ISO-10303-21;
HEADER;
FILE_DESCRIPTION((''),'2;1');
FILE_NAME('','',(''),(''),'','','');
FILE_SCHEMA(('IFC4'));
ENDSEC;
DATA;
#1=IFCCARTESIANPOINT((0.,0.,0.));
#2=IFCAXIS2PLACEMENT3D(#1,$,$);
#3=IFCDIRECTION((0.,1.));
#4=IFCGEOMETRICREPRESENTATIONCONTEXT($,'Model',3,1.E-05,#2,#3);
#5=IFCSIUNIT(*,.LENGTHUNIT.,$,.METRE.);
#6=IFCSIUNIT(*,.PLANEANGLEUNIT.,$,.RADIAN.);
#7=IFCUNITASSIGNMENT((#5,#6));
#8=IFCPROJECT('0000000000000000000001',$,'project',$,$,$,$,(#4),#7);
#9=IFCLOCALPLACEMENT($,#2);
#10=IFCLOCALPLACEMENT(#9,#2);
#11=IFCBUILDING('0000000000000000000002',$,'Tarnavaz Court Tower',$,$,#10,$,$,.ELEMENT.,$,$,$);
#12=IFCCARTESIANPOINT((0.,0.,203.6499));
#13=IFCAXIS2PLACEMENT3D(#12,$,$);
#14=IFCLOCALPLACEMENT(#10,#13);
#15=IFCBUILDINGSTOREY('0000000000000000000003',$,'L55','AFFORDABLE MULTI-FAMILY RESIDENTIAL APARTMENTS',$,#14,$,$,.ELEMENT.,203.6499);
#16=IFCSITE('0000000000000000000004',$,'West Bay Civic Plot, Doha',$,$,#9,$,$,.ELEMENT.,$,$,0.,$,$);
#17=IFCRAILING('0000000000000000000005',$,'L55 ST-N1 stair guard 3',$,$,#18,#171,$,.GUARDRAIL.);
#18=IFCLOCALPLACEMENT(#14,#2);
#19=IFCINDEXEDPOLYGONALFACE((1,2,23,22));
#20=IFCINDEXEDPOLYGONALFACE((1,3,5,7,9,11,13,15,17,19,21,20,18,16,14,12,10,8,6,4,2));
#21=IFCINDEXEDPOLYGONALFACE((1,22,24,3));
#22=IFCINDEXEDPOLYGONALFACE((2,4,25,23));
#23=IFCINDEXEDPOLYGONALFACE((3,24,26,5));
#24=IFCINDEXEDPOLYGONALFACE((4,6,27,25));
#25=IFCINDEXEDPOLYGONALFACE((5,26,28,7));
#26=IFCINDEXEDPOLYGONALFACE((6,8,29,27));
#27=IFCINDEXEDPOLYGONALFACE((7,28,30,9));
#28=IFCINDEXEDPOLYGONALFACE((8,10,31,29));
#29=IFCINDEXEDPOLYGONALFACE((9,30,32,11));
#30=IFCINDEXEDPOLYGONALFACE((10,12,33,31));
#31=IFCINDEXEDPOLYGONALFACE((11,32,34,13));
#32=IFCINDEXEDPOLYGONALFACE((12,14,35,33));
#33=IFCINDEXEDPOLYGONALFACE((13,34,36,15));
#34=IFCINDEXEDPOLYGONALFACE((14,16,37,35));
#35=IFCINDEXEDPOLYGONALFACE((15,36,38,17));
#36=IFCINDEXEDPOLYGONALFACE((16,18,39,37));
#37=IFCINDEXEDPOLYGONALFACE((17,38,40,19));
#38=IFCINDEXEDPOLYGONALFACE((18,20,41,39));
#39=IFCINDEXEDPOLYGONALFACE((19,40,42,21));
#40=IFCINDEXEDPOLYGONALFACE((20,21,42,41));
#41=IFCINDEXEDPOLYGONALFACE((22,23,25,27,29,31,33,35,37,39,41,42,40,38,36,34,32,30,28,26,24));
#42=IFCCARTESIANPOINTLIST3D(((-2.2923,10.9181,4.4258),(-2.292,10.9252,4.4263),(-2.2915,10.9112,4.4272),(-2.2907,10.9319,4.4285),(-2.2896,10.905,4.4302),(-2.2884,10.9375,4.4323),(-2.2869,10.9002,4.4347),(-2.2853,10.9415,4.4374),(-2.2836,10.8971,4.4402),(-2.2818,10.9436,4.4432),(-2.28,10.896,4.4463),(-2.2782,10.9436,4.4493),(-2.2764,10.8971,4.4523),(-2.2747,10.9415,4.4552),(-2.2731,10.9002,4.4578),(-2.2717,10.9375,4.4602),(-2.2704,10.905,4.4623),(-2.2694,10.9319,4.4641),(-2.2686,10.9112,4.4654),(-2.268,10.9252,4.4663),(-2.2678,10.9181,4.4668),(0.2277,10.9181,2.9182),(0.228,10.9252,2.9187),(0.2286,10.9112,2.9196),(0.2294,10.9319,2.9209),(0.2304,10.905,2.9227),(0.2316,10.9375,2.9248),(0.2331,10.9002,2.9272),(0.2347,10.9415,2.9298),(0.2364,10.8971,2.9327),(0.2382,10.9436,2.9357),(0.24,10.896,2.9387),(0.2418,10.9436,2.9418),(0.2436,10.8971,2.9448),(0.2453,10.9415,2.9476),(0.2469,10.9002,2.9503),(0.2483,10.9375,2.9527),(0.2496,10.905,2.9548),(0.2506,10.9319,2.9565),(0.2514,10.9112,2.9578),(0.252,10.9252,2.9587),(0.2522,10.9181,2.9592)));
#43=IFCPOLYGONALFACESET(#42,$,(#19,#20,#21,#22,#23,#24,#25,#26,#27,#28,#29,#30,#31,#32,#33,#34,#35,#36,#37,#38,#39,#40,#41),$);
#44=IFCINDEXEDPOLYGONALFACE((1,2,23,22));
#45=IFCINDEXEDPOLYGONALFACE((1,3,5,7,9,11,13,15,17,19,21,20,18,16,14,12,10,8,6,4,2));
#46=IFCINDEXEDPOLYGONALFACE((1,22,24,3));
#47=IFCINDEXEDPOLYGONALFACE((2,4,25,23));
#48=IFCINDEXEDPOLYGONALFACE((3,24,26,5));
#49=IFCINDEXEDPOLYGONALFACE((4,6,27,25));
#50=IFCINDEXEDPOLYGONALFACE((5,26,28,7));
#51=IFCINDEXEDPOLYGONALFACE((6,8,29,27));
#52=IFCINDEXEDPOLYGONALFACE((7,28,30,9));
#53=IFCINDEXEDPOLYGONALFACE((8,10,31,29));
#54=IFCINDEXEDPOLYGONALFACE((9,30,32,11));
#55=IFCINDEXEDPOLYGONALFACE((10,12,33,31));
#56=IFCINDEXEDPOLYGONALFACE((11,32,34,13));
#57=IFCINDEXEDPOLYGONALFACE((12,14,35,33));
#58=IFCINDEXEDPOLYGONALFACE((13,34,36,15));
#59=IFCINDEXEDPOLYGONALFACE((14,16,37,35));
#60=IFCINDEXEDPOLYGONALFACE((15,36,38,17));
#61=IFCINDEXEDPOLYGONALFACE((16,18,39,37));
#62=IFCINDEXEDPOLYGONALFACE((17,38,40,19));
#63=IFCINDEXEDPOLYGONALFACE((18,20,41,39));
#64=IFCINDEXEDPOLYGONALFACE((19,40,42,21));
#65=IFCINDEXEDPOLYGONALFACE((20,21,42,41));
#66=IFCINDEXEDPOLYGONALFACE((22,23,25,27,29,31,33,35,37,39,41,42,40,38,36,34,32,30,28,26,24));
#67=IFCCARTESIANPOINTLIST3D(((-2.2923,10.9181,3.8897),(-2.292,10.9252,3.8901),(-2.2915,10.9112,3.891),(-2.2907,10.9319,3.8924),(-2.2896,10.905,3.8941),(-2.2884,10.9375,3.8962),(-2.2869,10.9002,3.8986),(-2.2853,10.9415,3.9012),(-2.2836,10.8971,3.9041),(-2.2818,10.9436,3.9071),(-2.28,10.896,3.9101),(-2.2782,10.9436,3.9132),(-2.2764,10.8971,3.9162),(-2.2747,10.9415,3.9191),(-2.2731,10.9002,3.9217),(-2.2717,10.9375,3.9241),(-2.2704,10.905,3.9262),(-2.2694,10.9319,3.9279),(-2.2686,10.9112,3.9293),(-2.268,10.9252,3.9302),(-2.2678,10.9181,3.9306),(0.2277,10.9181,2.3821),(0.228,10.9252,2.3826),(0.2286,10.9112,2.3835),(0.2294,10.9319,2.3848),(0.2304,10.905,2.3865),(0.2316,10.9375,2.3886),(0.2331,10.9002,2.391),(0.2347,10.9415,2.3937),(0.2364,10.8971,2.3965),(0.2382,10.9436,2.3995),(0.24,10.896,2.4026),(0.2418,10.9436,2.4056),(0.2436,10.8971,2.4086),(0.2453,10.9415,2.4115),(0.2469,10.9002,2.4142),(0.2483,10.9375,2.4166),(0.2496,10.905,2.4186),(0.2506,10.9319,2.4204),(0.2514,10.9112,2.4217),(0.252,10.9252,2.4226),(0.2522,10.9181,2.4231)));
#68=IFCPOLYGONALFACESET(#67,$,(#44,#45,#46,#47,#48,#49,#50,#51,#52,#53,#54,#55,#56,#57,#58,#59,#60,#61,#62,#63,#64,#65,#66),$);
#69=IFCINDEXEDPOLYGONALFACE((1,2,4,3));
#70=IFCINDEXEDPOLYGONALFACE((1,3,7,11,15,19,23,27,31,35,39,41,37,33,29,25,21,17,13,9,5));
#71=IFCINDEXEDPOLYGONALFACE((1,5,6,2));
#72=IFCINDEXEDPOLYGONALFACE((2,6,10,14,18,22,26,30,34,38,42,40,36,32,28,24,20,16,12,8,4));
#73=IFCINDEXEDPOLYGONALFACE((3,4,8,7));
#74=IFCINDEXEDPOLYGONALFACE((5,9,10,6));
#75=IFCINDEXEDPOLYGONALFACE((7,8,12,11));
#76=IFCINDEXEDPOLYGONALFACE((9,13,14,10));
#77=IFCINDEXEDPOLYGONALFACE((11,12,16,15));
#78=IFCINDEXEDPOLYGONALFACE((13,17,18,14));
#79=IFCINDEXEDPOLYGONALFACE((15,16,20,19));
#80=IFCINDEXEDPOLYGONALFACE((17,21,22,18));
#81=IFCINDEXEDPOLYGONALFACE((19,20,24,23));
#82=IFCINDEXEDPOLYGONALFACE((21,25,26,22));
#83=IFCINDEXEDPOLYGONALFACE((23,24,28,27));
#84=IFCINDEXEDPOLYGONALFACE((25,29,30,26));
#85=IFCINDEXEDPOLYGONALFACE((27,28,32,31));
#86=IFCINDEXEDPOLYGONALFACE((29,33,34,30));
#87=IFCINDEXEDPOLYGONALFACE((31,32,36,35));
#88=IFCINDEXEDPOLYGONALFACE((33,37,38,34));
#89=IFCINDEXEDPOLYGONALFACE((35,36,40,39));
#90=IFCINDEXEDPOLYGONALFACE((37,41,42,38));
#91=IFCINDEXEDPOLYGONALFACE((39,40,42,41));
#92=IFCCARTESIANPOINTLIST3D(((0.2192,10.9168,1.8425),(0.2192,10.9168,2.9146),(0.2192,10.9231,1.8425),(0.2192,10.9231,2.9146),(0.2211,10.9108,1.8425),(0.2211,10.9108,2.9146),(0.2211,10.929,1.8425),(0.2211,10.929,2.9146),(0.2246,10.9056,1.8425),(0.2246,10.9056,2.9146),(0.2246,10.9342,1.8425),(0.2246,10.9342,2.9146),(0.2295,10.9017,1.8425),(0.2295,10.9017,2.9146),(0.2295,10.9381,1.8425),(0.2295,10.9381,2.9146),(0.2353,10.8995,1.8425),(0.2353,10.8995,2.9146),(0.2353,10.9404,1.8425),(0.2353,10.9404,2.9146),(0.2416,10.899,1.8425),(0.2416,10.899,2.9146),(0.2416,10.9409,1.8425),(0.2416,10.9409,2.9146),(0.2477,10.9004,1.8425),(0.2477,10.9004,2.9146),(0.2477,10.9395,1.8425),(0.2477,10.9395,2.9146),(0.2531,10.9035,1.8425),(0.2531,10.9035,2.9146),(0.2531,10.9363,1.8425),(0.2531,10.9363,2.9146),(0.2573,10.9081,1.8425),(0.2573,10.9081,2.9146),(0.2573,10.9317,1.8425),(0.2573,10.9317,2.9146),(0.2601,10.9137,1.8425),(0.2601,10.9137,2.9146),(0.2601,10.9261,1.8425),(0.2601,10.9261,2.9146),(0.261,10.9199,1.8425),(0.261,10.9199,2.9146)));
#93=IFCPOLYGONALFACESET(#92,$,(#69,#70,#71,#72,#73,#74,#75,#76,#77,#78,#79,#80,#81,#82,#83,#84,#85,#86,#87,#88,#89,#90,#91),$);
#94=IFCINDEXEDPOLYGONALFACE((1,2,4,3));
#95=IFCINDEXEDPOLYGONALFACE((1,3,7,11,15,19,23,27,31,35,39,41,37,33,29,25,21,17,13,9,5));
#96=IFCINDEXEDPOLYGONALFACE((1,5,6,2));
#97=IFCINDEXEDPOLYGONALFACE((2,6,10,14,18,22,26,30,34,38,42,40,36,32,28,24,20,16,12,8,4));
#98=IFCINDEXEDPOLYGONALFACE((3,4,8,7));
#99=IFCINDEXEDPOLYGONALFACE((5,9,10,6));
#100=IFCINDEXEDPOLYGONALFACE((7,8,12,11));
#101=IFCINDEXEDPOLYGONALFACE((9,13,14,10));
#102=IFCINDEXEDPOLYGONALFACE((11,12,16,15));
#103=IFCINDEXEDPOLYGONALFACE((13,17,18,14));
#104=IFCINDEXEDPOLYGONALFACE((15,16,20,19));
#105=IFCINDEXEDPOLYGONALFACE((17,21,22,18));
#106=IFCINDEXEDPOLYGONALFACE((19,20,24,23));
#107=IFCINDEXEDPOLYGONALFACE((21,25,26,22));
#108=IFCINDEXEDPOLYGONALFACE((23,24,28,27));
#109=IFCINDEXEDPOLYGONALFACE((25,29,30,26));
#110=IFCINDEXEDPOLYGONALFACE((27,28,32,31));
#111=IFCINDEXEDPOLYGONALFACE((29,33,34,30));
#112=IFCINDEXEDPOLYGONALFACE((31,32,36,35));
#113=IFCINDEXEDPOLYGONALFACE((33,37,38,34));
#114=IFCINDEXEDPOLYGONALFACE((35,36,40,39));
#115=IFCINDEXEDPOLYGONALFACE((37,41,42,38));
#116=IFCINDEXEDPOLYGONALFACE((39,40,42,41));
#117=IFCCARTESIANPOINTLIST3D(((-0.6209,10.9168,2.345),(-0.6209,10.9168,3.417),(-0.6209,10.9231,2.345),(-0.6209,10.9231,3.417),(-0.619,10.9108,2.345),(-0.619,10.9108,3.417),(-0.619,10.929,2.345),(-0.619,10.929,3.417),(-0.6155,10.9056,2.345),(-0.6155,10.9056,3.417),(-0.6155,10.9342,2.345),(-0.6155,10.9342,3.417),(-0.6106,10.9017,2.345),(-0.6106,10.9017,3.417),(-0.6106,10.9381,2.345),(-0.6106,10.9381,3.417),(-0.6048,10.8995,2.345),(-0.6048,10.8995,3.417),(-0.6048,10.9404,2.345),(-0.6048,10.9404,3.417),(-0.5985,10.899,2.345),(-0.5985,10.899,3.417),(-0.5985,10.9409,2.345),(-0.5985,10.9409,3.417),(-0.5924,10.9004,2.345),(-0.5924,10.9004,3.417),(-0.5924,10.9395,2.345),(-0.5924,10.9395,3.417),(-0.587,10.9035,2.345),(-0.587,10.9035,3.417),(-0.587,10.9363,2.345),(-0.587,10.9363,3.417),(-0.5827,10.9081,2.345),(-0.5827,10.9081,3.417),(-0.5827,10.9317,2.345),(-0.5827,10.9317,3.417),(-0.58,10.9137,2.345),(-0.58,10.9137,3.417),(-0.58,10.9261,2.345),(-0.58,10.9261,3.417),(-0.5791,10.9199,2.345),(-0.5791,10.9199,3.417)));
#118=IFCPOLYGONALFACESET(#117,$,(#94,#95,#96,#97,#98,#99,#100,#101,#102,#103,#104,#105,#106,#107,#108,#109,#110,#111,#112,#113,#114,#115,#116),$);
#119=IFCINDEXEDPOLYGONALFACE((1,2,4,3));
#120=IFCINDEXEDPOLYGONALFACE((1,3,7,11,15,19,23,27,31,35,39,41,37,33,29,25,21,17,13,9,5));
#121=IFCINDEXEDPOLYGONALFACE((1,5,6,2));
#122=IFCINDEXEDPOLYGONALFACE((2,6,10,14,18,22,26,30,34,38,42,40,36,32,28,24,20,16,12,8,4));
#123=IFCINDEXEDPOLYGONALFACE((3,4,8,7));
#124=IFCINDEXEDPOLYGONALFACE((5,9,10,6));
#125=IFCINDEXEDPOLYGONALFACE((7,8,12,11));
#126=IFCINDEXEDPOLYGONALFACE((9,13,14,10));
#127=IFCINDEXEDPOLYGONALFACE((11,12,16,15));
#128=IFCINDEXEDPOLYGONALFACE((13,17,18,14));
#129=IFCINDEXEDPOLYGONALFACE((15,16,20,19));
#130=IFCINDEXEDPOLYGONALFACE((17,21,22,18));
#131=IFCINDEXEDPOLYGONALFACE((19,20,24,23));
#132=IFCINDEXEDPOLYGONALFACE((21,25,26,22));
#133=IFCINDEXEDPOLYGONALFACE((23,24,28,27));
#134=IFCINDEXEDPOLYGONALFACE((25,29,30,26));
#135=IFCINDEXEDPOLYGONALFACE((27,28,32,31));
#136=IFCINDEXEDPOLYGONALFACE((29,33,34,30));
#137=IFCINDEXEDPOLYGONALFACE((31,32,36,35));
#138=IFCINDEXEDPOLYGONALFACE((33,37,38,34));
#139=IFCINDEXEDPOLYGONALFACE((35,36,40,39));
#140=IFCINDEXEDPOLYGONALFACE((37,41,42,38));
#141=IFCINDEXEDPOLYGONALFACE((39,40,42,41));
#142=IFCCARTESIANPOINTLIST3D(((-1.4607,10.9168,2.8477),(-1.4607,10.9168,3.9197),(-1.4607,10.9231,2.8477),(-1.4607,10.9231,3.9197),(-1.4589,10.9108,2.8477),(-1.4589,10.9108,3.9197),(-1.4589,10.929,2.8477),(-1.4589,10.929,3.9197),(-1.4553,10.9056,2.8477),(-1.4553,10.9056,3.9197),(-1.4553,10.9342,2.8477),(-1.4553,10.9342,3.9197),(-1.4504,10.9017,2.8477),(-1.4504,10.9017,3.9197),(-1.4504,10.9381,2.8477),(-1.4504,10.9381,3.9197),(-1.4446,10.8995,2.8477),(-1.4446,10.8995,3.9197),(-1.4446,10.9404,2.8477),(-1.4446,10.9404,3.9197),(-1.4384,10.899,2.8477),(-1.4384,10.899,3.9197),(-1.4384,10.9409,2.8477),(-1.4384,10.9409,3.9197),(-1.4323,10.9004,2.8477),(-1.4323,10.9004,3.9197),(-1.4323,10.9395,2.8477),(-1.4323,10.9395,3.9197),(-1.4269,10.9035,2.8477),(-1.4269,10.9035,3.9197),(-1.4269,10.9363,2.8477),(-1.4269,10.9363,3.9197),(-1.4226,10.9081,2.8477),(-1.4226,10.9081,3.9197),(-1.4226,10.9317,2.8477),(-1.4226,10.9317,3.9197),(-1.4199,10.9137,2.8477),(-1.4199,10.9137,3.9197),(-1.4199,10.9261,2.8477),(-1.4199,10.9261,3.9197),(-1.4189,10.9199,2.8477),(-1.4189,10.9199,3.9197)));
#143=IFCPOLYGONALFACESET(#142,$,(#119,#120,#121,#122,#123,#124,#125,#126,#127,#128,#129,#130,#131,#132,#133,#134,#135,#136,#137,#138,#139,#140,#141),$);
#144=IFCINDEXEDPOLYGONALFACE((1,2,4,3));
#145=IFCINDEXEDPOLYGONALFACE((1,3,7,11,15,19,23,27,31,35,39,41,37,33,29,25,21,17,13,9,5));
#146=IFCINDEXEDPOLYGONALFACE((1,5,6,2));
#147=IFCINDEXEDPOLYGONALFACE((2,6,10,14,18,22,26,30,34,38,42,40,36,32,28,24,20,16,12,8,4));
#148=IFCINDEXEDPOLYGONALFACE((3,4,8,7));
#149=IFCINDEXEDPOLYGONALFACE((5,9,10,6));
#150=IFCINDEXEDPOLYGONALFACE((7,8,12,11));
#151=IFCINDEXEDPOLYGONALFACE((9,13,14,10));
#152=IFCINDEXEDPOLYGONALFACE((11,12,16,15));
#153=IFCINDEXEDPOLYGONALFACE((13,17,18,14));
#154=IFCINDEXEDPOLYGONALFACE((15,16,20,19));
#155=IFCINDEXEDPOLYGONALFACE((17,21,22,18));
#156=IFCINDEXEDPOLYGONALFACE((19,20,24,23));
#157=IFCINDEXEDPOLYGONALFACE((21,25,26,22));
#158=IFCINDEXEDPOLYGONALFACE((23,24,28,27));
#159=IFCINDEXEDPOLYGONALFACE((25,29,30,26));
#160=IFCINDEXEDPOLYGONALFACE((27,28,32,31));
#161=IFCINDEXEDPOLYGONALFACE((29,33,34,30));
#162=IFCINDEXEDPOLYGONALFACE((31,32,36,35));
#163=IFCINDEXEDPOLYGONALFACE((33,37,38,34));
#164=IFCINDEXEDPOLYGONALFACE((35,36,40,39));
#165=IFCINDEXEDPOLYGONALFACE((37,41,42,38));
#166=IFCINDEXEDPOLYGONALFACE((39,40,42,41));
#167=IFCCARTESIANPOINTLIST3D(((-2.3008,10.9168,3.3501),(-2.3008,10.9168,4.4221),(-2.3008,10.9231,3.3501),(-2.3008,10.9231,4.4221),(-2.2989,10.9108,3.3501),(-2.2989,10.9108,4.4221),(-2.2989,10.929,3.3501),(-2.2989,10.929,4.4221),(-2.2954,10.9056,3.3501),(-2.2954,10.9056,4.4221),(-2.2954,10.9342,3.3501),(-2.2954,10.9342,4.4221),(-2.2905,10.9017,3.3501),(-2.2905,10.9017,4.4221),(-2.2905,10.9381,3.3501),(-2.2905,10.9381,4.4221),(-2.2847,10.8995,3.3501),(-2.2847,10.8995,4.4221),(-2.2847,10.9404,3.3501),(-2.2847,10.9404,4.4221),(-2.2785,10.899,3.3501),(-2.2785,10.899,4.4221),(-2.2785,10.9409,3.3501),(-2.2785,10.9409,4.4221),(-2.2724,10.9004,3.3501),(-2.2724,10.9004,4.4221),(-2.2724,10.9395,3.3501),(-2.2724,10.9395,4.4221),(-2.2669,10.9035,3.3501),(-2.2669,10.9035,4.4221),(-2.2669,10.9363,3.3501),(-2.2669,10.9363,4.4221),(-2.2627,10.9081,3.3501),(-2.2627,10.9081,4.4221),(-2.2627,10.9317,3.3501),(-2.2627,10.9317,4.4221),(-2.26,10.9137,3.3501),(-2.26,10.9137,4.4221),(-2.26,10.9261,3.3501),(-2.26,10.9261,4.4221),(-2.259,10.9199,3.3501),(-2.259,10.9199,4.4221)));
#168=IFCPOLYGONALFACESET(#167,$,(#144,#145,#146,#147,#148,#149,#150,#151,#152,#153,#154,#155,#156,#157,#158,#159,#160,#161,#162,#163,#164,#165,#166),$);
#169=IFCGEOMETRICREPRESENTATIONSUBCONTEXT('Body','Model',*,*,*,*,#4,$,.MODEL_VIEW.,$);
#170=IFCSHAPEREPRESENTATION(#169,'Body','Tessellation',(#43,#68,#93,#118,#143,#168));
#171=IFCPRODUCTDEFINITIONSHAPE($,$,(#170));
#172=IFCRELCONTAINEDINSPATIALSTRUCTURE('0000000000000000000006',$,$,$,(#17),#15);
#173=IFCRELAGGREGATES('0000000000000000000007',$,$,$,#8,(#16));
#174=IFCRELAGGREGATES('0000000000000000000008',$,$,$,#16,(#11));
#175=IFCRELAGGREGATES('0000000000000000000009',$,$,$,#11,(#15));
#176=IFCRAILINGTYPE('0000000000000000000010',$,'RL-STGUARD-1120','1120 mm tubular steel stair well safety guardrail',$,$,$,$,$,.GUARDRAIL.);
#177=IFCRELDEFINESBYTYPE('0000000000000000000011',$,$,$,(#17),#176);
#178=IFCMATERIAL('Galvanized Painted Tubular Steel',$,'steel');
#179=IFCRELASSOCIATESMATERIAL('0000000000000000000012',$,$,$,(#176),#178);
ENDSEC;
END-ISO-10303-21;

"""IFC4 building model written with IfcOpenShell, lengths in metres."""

from ifc_helpers import new_model, si_unit, direction, frame, origin, origin_2d, place, context, subcontext, project, spatial, circle, extrude, material, type_object, element, save


model = new_model("IFC4")

# Units and contexts
model_context = context("Model", 3, precision=1e-05, world=origin(), true_north=direction((0.0, 1.0)))
body_context = subcontext(model_context, "Body", "Model", "MODEL_VIEW")
ifc_project = project(units=[si_unit("LENGTHUNIT", "METRE"), si_unit("PLANEANGLEUNIT", "RADIAN")], contexts=[model_context])

# Site, building, storey
site_placement = place(None, origin())
site = spatial("IfcSite", under=ifc_project, at=site_placement, Name="West Bay Civic Plot, Doha", CompositionType="ELEMENT", RefElevation=0.0)
building_placement = place(site_placement, origin())
building = spatial("IfcBuilding", under=site, at=building_placement, Name="Tarnavaz Court Tower", CompositionType="ELEMENT")
storey_placement = place(building_placement, frame((0.0, 0.0, 203.6499)))
storey = spatial("IfcBuildingStorey", under=building, at=storey_placement, Name="L55", Description="AFFORDABLE MULTI-FAMILY RESIDENTIAL APARTMENTS", CompositionType="ELEMENT", Elevation=203.6499)

# Railing
ifc_material_1 = material(Name="Galvanized Painted Tubular Steel", Category="steel")
railing_type_1 = type_object("IfcRailingType", Name="RL-STGUARD-1120", Description="1120 mm tubular steel stair well safety guardrail", PredefinedType="GUARDRAIL", material=ifc_material_1)
railing_1_placement = place(storey_placement, frame((0.24, 10.9199, 1.8425)))
element("IfcRailing", 1, at=railing_1_placement, inside=storey, type_object=railing_type_1, Name="L55 ST-N1 stair guard 3", PredefinedType="GUARDRAIL", context=body_context, shape_type="SweptSolid", body=[
    extrude(circle(Radius=0.0239, at=origin_2d()), frame((0.0, 0.0, 1.0962), z_axis=(-0.85816, 0.0, 0.513383), x_axis=(0.0, -1.0, 0.0)), (0.0, 0.0, 1.0), 2.9365),
    extrude(circle(Radius=0.0239, at=origin_2d()), frame((0.0, 0.0, 0.5601), z_axis=(-0.85816, 0.0, 0.513383), x_axis=(0.0, -1.0, 0.0)), (0.0, 0.0, 1.0), 2.9365),
    extrude(circle(Radius=0.021, at=origin_2d()), origin(), (0.0, 0.0, 1.0), 1.072),
    extrude(circle(Radius=0.021, at=origin_2d()), frame((-0.8401, 0.0, 0.5024)), (0.0, 0.0, 1.0), 1.072),
    extrude(circle(Radius=0.021, at=origin_2d()), frame((-1.6799, 0.0, 1.0051)), (0.0, 0.0, 1.0), 1.072),
    extrude(circle(Radius=0.021, at=origin_2d()), frame((-2.52, 0.0, 1.5076)), (0.0, 0.0, 1.0), 1.072),
])

save(model, "model.ifc")
